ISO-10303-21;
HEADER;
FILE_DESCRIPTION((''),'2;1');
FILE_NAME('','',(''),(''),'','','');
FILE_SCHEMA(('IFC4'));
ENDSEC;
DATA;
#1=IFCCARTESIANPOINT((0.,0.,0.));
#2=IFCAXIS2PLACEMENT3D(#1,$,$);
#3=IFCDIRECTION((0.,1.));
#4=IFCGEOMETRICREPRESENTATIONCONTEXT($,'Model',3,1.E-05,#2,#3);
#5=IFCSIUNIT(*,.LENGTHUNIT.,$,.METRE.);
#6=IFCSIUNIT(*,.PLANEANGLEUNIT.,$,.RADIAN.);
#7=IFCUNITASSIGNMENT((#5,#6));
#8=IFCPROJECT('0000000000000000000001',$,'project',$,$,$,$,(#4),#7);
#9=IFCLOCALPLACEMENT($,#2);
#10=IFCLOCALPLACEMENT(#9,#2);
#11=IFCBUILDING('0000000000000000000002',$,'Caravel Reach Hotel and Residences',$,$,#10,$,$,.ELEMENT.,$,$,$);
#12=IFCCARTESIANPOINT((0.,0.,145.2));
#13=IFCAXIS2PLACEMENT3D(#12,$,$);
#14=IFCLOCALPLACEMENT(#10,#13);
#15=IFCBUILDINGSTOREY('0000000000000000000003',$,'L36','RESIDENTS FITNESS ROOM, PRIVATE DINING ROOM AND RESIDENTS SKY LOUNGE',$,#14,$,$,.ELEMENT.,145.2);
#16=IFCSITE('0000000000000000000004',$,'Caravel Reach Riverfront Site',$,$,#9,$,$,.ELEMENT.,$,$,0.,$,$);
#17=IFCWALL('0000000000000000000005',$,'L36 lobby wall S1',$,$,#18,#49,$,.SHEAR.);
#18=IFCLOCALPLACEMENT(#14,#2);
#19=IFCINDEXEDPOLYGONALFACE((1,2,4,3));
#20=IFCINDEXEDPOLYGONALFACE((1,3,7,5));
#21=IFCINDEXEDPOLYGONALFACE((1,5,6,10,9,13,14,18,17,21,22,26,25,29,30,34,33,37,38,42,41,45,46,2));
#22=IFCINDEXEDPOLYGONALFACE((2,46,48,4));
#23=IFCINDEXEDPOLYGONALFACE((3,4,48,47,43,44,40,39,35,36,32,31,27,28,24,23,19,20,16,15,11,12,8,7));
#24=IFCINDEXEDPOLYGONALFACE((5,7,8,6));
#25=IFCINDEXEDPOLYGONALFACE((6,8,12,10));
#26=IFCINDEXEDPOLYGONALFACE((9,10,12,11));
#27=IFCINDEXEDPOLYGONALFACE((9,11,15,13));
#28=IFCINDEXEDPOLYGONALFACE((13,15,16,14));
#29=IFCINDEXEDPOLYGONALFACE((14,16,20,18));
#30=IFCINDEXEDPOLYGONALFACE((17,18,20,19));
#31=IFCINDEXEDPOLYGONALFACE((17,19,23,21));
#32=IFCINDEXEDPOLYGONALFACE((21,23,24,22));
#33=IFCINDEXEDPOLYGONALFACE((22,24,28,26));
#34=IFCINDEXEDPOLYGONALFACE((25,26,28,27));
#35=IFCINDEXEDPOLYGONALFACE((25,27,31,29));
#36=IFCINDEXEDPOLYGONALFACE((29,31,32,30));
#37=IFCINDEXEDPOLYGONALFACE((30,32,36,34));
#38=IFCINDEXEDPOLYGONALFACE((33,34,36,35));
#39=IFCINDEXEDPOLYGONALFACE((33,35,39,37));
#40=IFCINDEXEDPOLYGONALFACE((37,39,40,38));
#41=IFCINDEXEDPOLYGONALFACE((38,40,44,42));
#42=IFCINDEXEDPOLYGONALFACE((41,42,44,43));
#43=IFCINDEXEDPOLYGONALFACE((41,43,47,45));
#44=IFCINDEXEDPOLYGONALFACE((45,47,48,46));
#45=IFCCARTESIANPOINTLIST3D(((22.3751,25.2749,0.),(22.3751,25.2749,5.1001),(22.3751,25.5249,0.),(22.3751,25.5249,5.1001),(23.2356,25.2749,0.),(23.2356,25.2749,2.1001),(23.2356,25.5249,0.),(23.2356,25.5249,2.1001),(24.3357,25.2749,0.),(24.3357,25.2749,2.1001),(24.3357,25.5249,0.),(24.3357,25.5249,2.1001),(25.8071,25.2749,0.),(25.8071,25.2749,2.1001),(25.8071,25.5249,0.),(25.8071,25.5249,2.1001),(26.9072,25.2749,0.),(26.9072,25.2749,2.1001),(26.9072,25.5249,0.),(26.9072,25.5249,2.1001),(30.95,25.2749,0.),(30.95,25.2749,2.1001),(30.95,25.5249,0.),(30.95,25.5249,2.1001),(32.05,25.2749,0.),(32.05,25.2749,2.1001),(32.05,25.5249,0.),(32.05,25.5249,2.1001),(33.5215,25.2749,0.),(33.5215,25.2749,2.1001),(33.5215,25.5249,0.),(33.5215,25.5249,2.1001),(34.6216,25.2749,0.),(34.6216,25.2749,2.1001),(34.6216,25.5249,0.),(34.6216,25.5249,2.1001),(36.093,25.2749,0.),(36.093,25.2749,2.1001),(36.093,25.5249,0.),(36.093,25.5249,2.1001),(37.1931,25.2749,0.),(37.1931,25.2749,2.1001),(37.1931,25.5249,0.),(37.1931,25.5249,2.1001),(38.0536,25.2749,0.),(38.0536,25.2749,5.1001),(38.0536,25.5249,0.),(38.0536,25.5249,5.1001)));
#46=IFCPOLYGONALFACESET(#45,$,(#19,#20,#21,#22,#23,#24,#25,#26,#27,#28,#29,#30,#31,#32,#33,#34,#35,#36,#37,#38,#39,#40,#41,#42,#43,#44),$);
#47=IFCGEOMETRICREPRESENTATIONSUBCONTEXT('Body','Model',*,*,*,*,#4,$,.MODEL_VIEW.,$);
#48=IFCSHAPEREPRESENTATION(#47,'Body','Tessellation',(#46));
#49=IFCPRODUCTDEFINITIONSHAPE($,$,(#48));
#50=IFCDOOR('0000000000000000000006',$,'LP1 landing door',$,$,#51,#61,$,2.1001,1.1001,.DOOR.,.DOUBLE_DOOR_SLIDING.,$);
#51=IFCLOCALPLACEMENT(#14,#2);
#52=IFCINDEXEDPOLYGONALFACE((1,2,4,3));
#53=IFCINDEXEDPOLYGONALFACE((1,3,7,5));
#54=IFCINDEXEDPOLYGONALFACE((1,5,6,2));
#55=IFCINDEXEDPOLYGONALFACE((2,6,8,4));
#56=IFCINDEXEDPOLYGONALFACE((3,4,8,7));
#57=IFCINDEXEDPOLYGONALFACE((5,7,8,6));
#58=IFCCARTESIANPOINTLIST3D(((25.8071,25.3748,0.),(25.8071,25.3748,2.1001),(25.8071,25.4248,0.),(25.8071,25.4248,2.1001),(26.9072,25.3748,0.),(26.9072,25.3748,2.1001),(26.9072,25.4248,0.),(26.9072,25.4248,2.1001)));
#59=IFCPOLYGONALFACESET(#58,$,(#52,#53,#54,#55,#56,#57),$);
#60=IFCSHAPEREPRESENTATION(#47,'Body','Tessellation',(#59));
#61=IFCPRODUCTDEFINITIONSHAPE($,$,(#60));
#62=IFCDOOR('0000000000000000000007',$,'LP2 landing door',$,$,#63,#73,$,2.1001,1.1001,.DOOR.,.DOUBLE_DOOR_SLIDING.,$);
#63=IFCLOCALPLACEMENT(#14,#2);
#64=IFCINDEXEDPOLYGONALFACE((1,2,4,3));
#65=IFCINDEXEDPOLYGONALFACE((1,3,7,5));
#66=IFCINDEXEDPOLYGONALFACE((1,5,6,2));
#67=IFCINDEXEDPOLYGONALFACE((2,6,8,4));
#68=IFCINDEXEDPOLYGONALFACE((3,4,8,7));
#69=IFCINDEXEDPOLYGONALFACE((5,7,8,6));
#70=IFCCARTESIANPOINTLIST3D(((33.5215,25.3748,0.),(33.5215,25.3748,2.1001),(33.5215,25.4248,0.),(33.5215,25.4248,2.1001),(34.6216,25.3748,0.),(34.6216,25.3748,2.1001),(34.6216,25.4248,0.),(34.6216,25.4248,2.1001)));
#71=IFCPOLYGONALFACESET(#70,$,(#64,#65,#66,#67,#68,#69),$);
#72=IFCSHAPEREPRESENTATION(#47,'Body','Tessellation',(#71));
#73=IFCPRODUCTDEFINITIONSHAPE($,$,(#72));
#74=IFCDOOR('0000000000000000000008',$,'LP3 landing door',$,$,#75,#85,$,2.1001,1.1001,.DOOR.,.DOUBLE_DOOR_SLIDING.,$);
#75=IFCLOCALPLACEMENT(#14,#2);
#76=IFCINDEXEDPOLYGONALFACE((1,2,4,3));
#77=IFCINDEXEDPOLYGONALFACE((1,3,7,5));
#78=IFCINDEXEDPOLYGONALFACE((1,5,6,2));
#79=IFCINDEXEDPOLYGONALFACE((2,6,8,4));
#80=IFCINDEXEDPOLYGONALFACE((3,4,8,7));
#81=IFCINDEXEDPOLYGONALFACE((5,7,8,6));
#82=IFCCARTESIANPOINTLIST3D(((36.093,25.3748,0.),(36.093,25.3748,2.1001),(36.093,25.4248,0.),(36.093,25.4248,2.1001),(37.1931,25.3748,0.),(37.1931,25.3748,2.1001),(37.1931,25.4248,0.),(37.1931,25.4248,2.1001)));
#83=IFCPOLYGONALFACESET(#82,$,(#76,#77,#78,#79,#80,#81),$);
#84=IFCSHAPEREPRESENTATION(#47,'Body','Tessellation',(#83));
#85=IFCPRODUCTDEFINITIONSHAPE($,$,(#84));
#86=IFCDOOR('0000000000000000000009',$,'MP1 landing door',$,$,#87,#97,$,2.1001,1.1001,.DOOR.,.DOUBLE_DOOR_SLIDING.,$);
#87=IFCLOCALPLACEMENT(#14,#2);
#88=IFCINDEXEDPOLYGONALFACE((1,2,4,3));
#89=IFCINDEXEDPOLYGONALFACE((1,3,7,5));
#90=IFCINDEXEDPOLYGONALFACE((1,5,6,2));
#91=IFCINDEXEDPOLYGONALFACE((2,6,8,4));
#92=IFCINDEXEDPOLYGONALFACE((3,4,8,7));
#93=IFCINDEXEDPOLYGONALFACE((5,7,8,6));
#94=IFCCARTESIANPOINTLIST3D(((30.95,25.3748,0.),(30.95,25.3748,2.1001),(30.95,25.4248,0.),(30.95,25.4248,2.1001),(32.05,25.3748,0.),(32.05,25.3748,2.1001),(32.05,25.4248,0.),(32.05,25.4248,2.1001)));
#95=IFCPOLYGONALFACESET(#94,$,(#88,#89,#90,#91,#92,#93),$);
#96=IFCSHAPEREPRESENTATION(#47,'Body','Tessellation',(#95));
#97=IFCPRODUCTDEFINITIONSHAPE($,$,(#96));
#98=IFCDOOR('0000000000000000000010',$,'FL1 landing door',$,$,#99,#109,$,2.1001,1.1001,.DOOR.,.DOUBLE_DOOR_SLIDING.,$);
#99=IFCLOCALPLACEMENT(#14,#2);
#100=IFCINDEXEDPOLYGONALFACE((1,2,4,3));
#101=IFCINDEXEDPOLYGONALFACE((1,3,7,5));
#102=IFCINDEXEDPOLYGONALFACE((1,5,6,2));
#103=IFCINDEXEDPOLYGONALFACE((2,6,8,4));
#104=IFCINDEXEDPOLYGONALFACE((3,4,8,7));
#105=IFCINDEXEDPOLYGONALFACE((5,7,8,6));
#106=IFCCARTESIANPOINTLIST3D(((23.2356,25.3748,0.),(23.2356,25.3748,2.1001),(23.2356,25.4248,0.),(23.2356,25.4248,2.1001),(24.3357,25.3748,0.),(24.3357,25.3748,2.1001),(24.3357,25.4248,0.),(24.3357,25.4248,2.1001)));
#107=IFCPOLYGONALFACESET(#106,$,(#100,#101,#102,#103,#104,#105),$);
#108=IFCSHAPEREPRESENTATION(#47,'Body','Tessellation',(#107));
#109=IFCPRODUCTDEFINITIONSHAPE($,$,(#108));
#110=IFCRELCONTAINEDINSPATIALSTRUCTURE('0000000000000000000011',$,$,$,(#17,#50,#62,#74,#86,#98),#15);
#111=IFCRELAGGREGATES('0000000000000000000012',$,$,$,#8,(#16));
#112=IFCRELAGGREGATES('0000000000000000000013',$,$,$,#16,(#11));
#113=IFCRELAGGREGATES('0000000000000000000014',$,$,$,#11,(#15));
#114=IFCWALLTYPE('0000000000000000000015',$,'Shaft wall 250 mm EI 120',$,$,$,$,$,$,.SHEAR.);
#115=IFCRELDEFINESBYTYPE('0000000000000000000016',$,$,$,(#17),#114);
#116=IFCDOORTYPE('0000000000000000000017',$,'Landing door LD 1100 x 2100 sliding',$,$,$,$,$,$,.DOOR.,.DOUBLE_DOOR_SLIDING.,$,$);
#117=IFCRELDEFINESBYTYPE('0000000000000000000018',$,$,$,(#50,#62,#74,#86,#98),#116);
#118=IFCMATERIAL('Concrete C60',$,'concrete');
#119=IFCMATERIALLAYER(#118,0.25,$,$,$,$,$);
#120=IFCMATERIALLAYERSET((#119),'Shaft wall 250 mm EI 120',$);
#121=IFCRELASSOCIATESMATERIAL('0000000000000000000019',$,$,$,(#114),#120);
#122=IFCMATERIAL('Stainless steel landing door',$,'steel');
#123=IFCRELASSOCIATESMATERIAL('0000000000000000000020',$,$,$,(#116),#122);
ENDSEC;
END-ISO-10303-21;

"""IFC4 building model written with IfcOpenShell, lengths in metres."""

from ifc_helpers import new_model, si_unit, direction, frame, frame_2d, origin, place, context, subcontext, project, spatial, rectangle, extrude, material, layer, layer_set, type_object, element, fill, save


model = new_model("IFC4")

# Units and contexts
model_context = context("Model", 3, precision=1e-05, world=origin(), true_north=direction((0.0, 1.0)))
body_context = subcontext(model_context, "Body", "Model", "MODEL_VIEW")
ifc_project = project(units=[si_unit("LENGTHUNIT", "METRE"), si_unit("PLANEANGLEUNIT", "RADIAN")], contexts=[model_context])

# Site, building, storey
site_placement = place(None, origin())
site = spatial("IfcSite", under=ifc_project, at=site_placement, Name="Caravel Reach Riverfront Site", CompositionType="ELEMENT", RefElevation=0.0)
building_placement = place(site_placement, origin())
building = spatial("IfcBuilding", under=site, at=building_placement, Name="Caravel Reach Hotel and Residences", CompositionType="ELEMENT")
storey_placement = place(building_placement, frame((0.0, 0.0, 145.2)))
storey = spatial("IfcBuildingStorey", under=building, at=storey_placement, Name="L36", Description="RESIDENTS FITNESS ROOM, PRIVATE DINING ROOM AND RESIDENTS SKY LOUNGE", CompositionType="ELEMENT", Elevation=145.2)

# Wall, openings, doors
ifc_material_1 = material(Name="Concrete C60", Category="concrete")
ifc_layer_1 = layer(ifc_material_1, 0.25)
ifc_layer_set_1 = layer_set([ifc_layer_1], Name="Shaft wall 250 mm EI 120")
wall_type_1 = type_object("IfcWallType", Name="Shaft wall 250 mm EI 120", PredefinedType="SHEAR", material=ifc_layer_set_1)
wall_1_placement = place(storey_placement, frame((22.375, 25.3999, 0.0), z_axis=(0.0, 0.0, 1.0), x_axis=(1.0, 0.0, 0.0)))
wall_1 = element("IfcWall", 1, at=wall_1_placement, inside=storey, type_object=wall_type_1, Name="L36 lobby wall S1", PredefinedType="SHEAR", context=body_context, shape_type="SweptSolid", body=[
    extrude(rectangle(XDim=15.6785, YDim=0.25, at=frame_2d((7.8394, 0.0))), origin(), (0.0, 0.0, 1.0), 5.1001),
])
opening_1_placement = place(wall_1_placement, frame((3.4321, 0.0, 0.0)))
opening_1 = element("IfcOpeningElement", 2, at=opening_1_placement, cuts=wall_1, PredefinedType="OPENING", context=body_context, shape_type="SweptSolid", body=[
    extrude(rectangle(XDim=1.1001, YDim=2.1001, at=frame_2d((0.55, 1.05))), frame((0.0, 0.135, 0.0), z_axis=(0.0, -1.0, 0.0), x_axis=(1.0, 0.0, 0.0)), (0.0, 0.0, 1.0), 0.27),
])
opening_2_placement = place(wall_1_placement, frame((11.1465, 0.0, 0.0)))
opening_2 = element("IfcOpeningElement", 3, at=opening_2_placement, cuts=wall_1, PredefinedType="OPENING", context=body_context, shape_type="SweptSolid", body=[
    extrude(rectangle(XDim=1.1001, YDim=2.1001, at=frame_2d((0.55, 1.05))), frame((0.0, 0.135, 0.0), z_axis=(0.0, -1.0, 0.0), x_axis=(1.0, 0.0, 0.0)), (0.0, 0.0, 1.0), 0.27),
])
opening_3_placement = place(wall_1_placement, frame((13.718, 0.0, 0.0)))
opening_3 = element("IfcOpeningElement", 4, at=opening_3_placement, cuts=wall_1, PredefinedType="OPENING", context=body_context, shape_type="SweptSolid", body=[
    extrude(rectangle(XDim=1.1001, YDim=2.1001, at=frame_2d((0.55, 1.05))), frame((0.0, 0.135, 0.0), z_axis=(0.0, -1.0, 0.0), x_axis=(1.0, 0.0, 0.0)), (0.0, 0.0, 1.0), 0.27),
])
opening_4_placement = place(wall_1_placement, frame((8.575, 0.0, 0.0)))
opening_4 = element("IfcOpeningElement", 5, at=opening_4_placement, cuts=wall_1, PredefinedType="OPENING", context=body_context, shape_type="SweptSolid", body=[
    extrude(rectangle(XDim=1.1001, YDim=2.1001, at=frame_2d((0.55, 1.05))), frame((0.0, 0.135, 0.0), z_axis=(0.0, -1.0, 0.0), x_axis=(1.0, 0.0, 0.0)), (0.0, 0.0, 1.0), 0.27),
])
opening_5_placement = place(wall_1_placement, frame((0.8606, 0.0, 0.0)))
opening_5 = element("IfcOpeningElement", 6, at=opening_5_placement, cuts=wall_1, PredefinedType="OPENING", context=body_context, shape_type="SweptSolid", body=[
    extrude(rectangle(XDim=1.1001, YDim=2.1001, at=frame_2d((0.55, 1.05))), frame((0.0, 0.135, 0.0), z_axis=(0.0, -1.0, 0.0), x_axis=(1.0, 0.0, 0.0)), (0.0, 0.0, 1.0), 0.27),
])
ifc_material_2 = material(Name="Stainless steel landing door", Category="steel")
door_type_1 = type_object("IfcDoorType", Name="Landing door LD 1100 x 2100 sliding", OperationType="DOUBLE_DOOR_SLIDING", PredefinedType="DOOR", material=ifc_material_2)
door_1_placement = place(opening_1_placement, origin())
door_1 = element("IfcDoor", 7, at=door_1_placement, inside=storey, type_object=door_type_1, Name="LP1 landing door", OperationType="DOUBLE_DOOR_SLIDING", OverallHeight=2.1001, OverallWidth=1.1001, PredefinedType="DOOR", context=body_context, shape_type="SweptSolid", body=[
    extrude(rectangle(XDim=1.1001, YDim=2.1001, at=frame_2d((0.55, 1.05))), frame((0.0, 0.0249, 0.0), z_axis=(0.0, -1.0, 0.0), x_axis=(1.0, 0.0, 0.0)), (0.0, 0.0, 1.0), 0.05),
])
fill(opening_1, door_1)
door_2_placement = place(opening_2_placement, origin())
door_2 = element("IfcDoor", 8, at=door_2_placement, inside=storey, type_object=door_type_1, Name="LP2 landing door", OperationType="DOUBLE_DOOR_SLIDING", OverallHeight=2.1001, OverallWidth=1.1001, PredefinedType="DOOR", context=body_context, shape_type="SweptSolid", body=[
    extrude(rectangle(XDim=1.1001, YDim=2.1001, at=frame_2d((0.55, 1.05))), frame((0.0, 0.0249, 0.0), z_axis=(0.0, -1.0, 0.0), x_axis=(1.0, 0.0, 0.0)), (0.0, 0.0, 1.0), 0.05),
])
fill(opening_2, door_2)
door_3_placement = place(opening_3_placement, origin())
door_3 = element("IfcDoor", 9, at=door_3_placement, inside=storey, type_object=door_type_1, Name="LP3 landing door", OperationType="DOUBLE_DOOR_SLIDING", OverallHeight=2.1001, OverallWidth=1.1001, PredefinedType="DOOR", context=body_context, shape_type="SweptSolid", body=[
    extrude(rectangle(XDim=1.1001, YDim=2.1001, at=frame_2d((0.55, 1.05))), frame((0.0, 0.0249, 0.0), z_axis=(0.0, -1.0, 0.0), x_axis=(1.0, 0.0, 0.0)), (0.0, 0.0, 1.0), 0.05),
])
fill(opening_3, door_3)
door_4_placement = place(opening_4_placement, origin())
door_4 = element("IfcDoor", 10, at=door_4_placement, inside=storey, type_object=door_type_1, Name="MP1 landing door", OperationType="DOUBLE_DOOR_SLIDING", OverallHeight=2.1001, OverallWidth=1.1001, PredefinedType="DOOR", context=body_context, shape_type="SweptSolid", body=[
    extrude(rectangle(XDim=1.1001, YDim=2.1001, at=frame_2d((0.55, 1.05))), frame((0.0, 0.0249, 0.0), z_axis=(0.0, -1.0, 0.0), x_axis=(1.0, 0.0, 0.0)), (0.0, 0.0, 1.0), 0.05),
])
fill(opening_4, door_4)
door_5_placement = place(opening_5_placement, origin())
door_5 = element("IfcDoor", 11, at=door_5_placement, inside=storey, type_object=door_type_1, Name="FL1 landing door", OperationType="DOUBLE_DOOR_SLIDING", OverallHeight=2.1001, OverallWidth=1.1001, PredefinedType="DOOR", context=body_context, shape_type="SweptSolid", body=[
    extrude(rectangle(XDim=1.1001, YDim=2.1001, at=frame_2d((0.55, 1.05))), frame((0.0, 0.0249, 0.0), z_axis=(0.0, -1.0, 0.0), x_axis=(1.0, 0.0, 0.0)), (0.0, 0.0, 1.0), 0.05),
])
fill(opening_5, door_5)

save(model, "model.ifc")
